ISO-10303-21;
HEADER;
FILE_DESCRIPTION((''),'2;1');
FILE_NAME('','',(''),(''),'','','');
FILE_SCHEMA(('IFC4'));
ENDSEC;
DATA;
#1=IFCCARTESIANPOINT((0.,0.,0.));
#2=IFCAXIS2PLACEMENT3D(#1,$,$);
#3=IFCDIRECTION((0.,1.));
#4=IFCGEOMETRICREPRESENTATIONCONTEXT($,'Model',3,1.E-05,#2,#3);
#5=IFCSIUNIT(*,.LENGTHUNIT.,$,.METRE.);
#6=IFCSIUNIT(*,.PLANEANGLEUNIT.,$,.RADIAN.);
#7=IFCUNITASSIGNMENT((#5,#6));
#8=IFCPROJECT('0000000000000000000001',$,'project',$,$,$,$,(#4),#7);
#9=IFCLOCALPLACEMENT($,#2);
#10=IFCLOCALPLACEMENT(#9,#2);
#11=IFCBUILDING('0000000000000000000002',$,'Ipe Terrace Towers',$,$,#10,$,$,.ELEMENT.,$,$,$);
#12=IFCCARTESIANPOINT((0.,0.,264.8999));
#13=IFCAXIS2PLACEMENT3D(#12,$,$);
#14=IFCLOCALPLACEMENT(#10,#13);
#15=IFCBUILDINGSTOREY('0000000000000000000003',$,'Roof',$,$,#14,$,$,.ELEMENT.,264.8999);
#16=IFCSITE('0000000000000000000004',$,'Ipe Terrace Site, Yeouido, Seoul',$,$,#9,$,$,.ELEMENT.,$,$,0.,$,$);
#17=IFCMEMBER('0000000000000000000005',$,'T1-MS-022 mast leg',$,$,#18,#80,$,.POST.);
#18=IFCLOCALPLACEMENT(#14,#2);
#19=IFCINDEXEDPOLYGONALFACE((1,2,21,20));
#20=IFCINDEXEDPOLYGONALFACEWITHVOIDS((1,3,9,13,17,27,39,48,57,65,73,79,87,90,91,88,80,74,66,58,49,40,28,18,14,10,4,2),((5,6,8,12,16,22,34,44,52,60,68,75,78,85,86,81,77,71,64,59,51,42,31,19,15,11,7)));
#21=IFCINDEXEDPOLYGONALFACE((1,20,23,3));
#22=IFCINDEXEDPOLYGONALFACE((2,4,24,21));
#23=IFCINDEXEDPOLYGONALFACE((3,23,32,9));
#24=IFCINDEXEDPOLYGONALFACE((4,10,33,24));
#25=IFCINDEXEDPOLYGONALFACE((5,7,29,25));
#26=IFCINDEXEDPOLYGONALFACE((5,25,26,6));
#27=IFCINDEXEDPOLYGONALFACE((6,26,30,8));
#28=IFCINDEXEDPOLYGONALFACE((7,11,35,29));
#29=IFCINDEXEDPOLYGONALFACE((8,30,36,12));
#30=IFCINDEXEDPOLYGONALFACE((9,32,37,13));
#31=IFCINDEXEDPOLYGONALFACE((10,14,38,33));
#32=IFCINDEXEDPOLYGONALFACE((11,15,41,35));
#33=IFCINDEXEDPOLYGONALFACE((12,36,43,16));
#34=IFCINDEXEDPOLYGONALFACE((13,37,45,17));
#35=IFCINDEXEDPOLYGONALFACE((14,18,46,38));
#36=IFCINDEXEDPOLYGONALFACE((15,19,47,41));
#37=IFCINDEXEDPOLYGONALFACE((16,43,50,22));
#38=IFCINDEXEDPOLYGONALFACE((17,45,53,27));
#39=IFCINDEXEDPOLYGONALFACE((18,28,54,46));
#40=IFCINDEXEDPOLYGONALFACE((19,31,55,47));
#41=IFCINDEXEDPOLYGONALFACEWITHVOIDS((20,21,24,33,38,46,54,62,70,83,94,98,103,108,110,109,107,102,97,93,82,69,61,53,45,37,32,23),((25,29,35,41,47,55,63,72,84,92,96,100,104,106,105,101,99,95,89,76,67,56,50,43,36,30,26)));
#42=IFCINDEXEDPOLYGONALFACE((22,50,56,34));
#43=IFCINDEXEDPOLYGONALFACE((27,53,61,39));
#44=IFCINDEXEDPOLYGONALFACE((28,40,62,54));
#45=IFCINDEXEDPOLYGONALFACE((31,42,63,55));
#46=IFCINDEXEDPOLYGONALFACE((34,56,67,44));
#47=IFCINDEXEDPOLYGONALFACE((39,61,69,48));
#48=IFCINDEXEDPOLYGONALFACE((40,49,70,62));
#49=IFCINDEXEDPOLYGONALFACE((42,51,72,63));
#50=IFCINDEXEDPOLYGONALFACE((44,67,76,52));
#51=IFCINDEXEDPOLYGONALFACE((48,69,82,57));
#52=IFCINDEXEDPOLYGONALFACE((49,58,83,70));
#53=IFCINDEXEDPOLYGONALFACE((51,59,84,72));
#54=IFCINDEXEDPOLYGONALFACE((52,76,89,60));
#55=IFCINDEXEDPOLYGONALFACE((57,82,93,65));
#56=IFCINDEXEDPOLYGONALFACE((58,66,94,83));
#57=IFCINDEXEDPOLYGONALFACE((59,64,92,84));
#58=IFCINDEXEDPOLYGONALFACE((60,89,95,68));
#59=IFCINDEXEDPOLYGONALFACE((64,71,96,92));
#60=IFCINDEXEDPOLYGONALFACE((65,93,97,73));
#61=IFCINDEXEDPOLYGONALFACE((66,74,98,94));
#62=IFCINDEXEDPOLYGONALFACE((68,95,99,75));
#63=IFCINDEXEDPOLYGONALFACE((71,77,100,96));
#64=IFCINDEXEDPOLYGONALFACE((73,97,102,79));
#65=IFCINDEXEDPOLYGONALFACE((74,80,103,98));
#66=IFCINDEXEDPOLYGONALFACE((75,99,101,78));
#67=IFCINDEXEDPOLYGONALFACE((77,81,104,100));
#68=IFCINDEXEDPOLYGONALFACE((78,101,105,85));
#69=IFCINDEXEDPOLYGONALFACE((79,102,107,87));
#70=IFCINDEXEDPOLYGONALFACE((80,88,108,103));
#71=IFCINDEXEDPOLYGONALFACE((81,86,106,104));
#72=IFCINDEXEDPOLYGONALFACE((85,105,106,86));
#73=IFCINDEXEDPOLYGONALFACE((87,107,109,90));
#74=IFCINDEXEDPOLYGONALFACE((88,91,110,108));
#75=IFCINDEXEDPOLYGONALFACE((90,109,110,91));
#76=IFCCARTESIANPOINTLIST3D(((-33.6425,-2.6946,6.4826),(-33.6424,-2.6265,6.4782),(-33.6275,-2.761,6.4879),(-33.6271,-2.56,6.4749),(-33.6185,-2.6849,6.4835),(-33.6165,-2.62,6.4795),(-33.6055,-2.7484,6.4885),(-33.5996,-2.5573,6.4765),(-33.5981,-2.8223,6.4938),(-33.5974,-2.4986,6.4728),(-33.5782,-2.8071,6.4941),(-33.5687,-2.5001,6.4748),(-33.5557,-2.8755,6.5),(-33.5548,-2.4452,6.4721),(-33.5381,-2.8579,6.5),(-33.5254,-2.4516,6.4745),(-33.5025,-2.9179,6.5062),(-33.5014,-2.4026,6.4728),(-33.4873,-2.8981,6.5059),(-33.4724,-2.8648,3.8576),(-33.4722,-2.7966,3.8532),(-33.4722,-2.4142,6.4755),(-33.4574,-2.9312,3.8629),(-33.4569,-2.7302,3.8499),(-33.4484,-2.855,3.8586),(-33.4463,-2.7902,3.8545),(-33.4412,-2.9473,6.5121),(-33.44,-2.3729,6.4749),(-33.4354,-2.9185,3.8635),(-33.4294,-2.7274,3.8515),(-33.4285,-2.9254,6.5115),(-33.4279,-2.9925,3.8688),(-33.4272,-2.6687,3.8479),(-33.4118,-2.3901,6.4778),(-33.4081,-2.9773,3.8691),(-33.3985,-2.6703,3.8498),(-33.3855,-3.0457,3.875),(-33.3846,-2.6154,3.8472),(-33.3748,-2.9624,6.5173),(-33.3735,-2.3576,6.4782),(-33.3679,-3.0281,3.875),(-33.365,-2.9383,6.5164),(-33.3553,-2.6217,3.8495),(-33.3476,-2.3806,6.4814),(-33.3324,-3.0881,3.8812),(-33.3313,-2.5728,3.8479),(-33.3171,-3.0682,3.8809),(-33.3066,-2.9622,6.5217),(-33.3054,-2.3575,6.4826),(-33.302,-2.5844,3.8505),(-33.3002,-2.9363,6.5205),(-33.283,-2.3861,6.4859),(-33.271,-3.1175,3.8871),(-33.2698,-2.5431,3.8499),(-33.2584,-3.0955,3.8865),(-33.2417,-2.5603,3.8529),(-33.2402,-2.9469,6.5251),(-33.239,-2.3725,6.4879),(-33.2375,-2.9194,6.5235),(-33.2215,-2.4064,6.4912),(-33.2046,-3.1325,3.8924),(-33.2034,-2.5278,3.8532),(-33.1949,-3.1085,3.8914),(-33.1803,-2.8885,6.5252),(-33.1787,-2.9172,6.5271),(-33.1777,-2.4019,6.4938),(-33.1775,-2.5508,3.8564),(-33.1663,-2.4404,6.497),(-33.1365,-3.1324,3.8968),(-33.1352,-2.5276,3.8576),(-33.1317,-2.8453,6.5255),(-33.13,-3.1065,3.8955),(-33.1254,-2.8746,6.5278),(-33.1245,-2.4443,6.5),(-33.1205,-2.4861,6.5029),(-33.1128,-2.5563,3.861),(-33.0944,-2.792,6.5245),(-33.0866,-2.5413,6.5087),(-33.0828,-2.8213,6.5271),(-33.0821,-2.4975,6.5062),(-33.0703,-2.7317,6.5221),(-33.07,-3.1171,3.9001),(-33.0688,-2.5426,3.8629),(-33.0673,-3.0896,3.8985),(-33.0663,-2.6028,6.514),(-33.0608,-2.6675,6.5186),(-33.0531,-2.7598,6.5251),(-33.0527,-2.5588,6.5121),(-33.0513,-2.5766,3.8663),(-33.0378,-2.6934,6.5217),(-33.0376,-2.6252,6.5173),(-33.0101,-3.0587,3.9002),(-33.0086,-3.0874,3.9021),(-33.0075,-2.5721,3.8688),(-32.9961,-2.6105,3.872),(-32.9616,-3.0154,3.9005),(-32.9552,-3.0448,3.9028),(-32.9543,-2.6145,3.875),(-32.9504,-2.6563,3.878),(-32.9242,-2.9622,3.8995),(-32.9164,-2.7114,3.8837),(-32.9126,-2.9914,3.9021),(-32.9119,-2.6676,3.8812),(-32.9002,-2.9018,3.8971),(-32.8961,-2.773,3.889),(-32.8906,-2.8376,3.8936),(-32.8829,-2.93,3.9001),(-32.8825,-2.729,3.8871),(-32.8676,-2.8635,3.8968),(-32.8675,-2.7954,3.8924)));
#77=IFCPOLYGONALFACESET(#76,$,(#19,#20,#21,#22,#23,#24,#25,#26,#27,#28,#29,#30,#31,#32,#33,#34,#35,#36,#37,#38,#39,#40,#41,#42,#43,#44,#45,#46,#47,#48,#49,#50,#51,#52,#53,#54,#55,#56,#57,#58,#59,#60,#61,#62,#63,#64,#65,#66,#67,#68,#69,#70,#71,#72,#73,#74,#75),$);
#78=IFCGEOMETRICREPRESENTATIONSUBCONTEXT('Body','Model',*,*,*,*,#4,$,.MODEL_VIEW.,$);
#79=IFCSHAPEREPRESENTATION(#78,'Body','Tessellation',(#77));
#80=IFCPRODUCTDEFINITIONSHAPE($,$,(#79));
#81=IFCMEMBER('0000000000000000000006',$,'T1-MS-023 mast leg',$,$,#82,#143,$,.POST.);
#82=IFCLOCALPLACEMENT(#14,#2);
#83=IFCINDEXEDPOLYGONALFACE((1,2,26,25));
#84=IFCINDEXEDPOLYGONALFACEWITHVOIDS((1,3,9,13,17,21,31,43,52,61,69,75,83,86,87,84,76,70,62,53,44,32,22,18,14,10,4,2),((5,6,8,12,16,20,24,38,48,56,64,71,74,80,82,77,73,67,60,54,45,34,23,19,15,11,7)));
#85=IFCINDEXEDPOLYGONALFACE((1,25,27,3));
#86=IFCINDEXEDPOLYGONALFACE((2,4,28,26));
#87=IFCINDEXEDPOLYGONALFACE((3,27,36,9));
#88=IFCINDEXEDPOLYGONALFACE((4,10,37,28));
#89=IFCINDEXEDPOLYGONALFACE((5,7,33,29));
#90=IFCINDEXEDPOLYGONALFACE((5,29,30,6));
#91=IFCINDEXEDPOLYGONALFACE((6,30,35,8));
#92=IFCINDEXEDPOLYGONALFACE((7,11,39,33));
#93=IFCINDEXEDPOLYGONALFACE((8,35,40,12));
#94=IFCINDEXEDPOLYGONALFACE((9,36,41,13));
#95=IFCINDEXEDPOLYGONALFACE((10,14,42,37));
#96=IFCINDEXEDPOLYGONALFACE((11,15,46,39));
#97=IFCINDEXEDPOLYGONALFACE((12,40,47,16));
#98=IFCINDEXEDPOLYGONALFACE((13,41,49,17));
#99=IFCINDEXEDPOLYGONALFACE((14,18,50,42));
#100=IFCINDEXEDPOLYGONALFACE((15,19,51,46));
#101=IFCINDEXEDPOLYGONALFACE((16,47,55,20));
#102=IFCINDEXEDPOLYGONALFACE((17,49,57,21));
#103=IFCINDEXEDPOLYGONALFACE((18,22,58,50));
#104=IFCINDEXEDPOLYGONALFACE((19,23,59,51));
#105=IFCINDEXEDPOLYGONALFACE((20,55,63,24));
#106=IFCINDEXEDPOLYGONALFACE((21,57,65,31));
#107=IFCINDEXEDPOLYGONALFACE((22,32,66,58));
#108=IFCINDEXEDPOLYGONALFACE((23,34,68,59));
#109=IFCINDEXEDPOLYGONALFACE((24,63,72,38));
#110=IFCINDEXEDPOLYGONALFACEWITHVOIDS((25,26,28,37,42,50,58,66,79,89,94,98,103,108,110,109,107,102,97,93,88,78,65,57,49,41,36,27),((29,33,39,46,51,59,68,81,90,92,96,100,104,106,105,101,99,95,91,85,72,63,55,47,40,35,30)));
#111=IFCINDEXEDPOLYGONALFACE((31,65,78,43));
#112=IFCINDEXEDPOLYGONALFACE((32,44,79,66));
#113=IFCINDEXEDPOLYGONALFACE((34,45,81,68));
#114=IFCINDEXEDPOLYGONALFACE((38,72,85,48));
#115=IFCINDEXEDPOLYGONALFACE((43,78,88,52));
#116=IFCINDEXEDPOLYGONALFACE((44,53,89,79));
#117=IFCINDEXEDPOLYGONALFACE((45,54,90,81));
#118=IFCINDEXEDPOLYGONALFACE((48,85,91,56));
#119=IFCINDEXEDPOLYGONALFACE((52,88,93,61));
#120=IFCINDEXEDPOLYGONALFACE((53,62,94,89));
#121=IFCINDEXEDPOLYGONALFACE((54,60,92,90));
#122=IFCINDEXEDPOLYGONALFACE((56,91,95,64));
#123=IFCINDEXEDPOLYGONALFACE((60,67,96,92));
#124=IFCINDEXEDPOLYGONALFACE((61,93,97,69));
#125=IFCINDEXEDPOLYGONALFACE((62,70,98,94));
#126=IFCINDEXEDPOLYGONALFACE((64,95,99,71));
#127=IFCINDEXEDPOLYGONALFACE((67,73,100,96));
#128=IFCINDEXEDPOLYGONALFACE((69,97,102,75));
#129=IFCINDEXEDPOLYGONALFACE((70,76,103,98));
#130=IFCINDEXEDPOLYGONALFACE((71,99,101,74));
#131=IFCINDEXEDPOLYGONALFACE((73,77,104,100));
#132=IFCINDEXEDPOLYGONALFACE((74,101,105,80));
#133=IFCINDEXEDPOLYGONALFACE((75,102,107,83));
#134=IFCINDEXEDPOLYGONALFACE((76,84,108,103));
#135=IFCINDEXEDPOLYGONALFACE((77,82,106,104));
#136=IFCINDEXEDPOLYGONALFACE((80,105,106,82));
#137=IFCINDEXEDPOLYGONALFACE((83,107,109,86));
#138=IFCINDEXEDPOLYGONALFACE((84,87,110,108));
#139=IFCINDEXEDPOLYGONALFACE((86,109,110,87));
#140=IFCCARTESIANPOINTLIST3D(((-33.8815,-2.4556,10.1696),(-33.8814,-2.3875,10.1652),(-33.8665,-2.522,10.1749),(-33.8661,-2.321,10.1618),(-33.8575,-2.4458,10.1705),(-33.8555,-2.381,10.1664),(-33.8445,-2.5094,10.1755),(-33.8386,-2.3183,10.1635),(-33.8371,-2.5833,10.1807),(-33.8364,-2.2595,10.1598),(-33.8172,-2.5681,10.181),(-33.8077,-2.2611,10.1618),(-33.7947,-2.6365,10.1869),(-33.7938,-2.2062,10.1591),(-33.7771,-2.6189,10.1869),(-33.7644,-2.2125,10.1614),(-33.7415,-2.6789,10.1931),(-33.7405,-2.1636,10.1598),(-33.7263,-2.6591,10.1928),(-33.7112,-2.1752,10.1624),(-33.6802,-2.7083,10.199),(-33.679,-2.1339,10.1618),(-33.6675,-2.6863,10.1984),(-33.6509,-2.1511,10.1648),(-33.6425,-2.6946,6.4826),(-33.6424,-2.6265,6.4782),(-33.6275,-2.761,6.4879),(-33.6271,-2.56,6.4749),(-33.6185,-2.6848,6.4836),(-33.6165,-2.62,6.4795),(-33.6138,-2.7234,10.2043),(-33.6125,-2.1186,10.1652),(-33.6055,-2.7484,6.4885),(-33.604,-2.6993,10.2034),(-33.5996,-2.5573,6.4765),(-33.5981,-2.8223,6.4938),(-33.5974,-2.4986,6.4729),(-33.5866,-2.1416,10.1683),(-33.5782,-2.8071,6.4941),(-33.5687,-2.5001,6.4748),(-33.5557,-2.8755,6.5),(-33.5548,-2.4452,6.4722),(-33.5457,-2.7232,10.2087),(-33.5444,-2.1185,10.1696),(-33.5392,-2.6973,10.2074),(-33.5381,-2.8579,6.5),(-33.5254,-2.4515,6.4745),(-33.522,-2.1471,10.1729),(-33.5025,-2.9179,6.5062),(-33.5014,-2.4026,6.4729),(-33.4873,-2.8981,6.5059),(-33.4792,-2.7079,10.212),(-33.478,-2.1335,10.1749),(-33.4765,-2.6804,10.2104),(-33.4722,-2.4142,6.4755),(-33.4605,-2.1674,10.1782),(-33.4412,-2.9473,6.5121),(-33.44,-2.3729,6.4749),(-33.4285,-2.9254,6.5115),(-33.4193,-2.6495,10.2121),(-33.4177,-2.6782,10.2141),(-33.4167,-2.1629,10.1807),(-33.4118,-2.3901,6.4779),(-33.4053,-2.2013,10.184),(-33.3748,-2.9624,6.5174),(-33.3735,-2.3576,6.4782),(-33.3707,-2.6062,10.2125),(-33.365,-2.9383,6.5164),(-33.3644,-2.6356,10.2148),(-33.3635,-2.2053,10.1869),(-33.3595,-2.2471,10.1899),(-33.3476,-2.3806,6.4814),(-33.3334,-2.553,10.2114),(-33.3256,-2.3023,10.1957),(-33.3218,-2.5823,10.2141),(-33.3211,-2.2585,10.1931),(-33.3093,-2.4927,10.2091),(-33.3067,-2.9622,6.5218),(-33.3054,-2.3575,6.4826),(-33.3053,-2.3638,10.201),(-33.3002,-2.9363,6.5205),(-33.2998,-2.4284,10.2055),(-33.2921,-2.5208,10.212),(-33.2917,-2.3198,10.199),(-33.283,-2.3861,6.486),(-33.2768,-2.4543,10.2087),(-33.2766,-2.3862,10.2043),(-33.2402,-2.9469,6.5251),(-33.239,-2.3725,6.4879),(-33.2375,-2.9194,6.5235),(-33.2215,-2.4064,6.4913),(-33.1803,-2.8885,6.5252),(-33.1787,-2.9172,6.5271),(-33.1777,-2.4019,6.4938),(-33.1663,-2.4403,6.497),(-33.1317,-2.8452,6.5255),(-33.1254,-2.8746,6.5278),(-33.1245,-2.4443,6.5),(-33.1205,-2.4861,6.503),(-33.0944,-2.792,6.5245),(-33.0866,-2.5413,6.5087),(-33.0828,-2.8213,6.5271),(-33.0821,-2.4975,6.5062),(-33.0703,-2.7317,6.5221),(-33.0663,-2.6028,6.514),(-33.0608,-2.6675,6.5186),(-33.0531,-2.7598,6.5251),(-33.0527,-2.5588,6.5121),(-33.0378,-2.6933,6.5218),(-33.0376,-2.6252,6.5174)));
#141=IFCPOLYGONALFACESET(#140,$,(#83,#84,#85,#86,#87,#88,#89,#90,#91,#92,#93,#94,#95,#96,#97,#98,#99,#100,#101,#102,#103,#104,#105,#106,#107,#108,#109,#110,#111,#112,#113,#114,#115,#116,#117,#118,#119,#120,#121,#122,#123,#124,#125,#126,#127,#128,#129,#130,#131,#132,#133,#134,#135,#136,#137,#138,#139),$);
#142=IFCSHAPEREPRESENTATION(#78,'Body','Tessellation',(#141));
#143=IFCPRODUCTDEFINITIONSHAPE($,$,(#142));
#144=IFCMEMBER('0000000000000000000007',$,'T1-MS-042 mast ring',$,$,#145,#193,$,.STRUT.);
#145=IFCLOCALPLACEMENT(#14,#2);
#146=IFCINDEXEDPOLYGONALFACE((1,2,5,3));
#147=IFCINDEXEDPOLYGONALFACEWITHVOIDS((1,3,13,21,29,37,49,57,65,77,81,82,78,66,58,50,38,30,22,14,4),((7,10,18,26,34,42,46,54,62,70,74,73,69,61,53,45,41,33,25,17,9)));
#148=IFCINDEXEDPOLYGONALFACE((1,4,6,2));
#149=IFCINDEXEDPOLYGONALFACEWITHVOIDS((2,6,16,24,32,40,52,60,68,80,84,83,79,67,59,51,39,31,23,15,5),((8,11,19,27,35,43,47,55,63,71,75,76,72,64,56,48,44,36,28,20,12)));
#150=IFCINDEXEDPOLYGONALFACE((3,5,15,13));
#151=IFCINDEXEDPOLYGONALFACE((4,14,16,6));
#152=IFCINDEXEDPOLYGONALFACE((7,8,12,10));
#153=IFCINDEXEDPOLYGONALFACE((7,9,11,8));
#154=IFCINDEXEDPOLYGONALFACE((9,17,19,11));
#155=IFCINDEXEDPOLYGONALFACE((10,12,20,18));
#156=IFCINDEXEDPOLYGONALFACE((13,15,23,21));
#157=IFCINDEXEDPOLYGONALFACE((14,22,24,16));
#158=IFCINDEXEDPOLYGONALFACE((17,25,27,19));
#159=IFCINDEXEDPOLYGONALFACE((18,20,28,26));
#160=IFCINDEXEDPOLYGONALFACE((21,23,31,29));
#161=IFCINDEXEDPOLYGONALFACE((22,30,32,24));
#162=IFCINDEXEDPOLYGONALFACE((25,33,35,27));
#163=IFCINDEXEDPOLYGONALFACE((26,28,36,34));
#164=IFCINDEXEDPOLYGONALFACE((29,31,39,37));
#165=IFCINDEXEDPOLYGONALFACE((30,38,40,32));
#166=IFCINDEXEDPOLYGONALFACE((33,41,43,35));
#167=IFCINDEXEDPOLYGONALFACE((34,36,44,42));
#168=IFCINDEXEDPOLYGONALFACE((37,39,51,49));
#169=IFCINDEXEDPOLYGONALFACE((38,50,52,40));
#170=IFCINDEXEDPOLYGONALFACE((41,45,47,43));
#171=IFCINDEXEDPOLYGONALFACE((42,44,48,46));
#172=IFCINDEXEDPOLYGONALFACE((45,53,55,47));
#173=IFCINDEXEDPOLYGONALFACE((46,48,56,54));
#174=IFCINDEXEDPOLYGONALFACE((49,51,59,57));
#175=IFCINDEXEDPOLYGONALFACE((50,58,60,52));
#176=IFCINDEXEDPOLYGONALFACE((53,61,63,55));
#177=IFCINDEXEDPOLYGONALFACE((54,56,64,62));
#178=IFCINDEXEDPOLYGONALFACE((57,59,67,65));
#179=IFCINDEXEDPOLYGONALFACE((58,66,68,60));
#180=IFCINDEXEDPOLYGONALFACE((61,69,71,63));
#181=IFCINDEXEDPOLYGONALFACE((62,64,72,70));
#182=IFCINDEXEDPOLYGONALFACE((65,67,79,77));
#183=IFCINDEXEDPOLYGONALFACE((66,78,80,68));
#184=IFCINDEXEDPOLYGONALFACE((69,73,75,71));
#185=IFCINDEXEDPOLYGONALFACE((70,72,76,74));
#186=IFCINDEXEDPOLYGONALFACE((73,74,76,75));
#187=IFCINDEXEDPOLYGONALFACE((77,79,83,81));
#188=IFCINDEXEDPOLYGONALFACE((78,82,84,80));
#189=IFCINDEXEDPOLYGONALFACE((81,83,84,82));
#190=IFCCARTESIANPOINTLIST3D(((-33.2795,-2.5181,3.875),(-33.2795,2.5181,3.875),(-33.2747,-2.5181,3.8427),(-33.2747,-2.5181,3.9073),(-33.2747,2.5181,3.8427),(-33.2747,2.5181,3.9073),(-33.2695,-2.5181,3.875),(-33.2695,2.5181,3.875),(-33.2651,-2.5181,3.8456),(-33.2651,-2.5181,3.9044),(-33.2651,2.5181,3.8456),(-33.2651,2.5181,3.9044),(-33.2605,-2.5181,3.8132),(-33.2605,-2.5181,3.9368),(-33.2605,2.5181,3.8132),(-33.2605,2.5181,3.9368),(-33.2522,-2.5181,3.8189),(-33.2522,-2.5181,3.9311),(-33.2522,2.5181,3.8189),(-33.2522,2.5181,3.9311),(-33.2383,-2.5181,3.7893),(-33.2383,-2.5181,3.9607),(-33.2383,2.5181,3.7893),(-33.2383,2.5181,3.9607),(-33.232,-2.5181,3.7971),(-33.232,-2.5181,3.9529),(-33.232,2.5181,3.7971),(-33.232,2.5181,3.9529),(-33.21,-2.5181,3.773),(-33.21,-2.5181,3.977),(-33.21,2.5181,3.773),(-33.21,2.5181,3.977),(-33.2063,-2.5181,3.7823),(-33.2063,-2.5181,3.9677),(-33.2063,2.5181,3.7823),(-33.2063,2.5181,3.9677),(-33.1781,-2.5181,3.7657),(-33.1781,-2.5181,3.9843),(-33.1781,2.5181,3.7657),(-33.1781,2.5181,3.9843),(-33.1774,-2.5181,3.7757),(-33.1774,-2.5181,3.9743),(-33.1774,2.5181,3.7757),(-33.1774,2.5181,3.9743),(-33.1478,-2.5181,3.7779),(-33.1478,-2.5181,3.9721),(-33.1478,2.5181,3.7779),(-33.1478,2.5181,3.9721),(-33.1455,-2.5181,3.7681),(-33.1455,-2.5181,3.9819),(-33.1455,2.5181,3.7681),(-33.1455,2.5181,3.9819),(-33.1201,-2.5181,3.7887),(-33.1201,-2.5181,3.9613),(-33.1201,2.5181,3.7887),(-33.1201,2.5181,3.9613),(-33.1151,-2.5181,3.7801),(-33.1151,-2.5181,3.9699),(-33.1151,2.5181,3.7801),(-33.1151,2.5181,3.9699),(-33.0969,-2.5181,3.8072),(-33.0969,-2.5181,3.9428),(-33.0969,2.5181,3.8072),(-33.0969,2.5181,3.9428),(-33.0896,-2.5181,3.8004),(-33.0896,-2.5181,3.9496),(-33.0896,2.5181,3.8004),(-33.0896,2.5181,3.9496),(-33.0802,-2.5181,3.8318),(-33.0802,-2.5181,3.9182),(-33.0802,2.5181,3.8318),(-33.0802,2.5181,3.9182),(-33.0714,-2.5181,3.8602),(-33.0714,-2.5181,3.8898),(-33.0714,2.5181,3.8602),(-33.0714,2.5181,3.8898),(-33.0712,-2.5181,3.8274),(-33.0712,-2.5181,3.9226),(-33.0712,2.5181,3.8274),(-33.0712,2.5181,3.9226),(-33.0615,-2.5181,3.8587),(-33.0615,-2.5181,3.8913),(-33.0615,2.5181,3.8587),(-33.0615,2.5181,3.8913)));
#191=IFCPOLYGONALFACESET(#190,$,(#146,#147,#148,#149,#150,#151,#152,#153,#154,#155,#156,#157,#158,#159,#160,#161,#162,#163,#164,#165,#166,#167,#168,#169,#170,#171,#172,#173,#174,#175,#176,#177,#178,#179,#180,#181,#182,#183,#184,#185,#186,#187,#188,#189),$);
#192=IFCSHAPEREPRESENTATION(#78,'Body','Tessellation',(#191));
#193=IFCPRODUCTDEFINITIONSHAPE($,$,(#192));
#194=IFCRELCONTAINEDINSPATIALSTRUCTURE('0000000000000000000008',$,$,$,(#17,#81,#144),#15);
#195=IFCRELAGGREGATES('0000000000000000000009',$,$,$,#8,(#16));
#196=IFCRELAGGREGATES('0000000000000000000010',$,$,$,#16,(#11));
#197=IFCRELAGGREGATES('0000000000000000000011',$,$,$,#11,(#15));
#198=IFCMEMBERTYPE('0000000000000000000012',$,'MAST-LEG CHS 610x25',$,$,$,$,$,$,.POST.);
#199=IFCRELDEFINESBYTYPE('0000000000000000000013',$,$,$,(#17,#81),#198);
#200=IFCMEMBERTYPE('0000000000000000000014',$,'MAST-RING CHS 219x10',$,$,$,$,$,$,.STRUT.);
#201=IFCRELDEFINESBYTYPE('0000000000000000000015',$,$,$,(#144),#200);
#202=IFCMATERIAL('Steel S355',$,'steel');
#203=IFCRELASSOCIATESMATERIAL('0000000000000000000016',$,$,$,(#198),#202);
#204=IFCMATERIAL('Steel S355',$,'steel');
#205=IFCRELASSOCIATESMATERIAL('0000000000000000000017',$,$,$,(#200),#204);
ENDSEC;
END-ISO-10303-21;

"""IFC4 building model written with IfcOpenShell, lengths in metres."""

from ifc_helpers import new_model, si_unit, direction, frame, origin, origin_2d, place, context, subcontext, project, spatial, hollow_circle, extrude, material, material_profile, profile_set, type_object, element, save


model = new_model("IFC4")

# Units and contexts
model_context = context("Model", 3, precision=1e-05, world=origin(), true_north=direction((0.0, 1.0)))
body_context = subcontext(model_context, "Body", "Model", "MODEL_VIEW")
ifc_project = project(units=[si_unit("LENGTHUNIT", "METRE"), si_unit("PLANEANGLEUNIT", "RADIAN")], contexts=[model_context])

# Site, building, storey
site_placement = place(None, origin())
site = spatial("IfcSite", under=ifc_project, at=site_placement, Name="Ipe Terrace Site, Yeouido, Seoul", CompositionType="ELEMENT", RefElevation=0.0)
building_placement = place(site_placement, origin())
building = spatial("IfcBuilding", under=site, at=building_placement, Name="Ipe Terrace Towers", CompositionType="ELEMENT")
storey_placement = place(building_placement, frame((0.0, 0.0, 264.8999)))
storey = spatial("IfcBuildingStorey", under=building, at=storey_placement, Name="Roof", CompositionType="ELEMENT", Elevation=264.8999)

# Members
ifc_material_1 = material(Name="Steel S355", Category="steel")
ifc_material_profile_1 = material_profile(ifc_material_1, hollow_circle(Radius=0.3049, WallThickness=0.0249, at=origin_2d()), Name="MAST-LEG CHS 610x25")
ifc_profile_set_1 = profile_set([ifc_material_profile_1], Name="Steel S355")
member_type_1 = type_object("IfcMemberType", Name="MAST-LEG CHS 610x25", PredefinedType="POST", material=ifc_profile_set_1)
member_1_placement = place(storey_placement, frame((-33.1699, -2.8301, 3.875), z_axis=(-0.064554, 0.064554, 0.995824), x_axis=(-0.707107, -0.707107, 0.0)))
element("IfcMember", 1, at=member_1_placement, inside=storey, type_object=member_type_1, Name="T1-MS-022 mast leg", PredefinedType="POST", context=body_context, shape_type="SweptSolid", body=[
    extrude(hollow_circle(Radius=0.3049, WallThickness=0.0249, at=origin_2d()), origin(), (0.0, 0.0, 1.0), 2.636),
])
member_2_placement = place(storey_placement, frame((-33.3401, -2.6599, 6.5), z_axis=(-0.064555, 0.064555, 0.995824), x_axis=(-0.707107, -0.707107, 0.0)))
element("IfcMember", 2, at=member_2_placement, inside=storey, type_object=member_type_1, Name="T1-MS-023 mast leg", PredefinedType="POST", context=body_context, shape_type="SweptSolid", body=[
    extrude(hollow_circle(Radius=0.3049, WallThickness=0.0249, at=origin_2d()), origin(), (0.0, 0.0, 1.0), 3.7024),
])
ifc_material_2 = material(Name="Steel S355", Category="steel")
ifc_material_profile_2 = material_profile(ifc_material_2, hollow_circle(Radius=0.1096, WallThickness=0.01, at=origin_2d()), Name="MAST-RING CHS 219x10")
ifc_profile_set_2 = profile_set([ifc_material_profile_2], Name="Steel S355")
member_type_2 = type_object("IfcMemberType", Name="MAST-RING CHS 219x10", PredefinedType="STRUT", material=ifc_profile_set_2)
member_3_placement = place(storey_placement, frame((-33.1699, -2.5181, 3.875), z_axis=(0.0, 1.0, 0.0), x_axis=(-1.0, 0.0, 0.0)))
element("IfcMember", 3, at=member_3_placement, inside=storey, type_object=member_type_2, Name="T1-MS-042 mast ring", PredefinedType="STRUT", context=body_context, shape_type="SweptSolid", body=[
    extrude(hollow_circle(Radius=0.1096, WallThickness=0.01, at=origin_2d()), origin(), (0.0, 0.0, 1.0), 5.0361),
])

save(model, "model.ifc")
